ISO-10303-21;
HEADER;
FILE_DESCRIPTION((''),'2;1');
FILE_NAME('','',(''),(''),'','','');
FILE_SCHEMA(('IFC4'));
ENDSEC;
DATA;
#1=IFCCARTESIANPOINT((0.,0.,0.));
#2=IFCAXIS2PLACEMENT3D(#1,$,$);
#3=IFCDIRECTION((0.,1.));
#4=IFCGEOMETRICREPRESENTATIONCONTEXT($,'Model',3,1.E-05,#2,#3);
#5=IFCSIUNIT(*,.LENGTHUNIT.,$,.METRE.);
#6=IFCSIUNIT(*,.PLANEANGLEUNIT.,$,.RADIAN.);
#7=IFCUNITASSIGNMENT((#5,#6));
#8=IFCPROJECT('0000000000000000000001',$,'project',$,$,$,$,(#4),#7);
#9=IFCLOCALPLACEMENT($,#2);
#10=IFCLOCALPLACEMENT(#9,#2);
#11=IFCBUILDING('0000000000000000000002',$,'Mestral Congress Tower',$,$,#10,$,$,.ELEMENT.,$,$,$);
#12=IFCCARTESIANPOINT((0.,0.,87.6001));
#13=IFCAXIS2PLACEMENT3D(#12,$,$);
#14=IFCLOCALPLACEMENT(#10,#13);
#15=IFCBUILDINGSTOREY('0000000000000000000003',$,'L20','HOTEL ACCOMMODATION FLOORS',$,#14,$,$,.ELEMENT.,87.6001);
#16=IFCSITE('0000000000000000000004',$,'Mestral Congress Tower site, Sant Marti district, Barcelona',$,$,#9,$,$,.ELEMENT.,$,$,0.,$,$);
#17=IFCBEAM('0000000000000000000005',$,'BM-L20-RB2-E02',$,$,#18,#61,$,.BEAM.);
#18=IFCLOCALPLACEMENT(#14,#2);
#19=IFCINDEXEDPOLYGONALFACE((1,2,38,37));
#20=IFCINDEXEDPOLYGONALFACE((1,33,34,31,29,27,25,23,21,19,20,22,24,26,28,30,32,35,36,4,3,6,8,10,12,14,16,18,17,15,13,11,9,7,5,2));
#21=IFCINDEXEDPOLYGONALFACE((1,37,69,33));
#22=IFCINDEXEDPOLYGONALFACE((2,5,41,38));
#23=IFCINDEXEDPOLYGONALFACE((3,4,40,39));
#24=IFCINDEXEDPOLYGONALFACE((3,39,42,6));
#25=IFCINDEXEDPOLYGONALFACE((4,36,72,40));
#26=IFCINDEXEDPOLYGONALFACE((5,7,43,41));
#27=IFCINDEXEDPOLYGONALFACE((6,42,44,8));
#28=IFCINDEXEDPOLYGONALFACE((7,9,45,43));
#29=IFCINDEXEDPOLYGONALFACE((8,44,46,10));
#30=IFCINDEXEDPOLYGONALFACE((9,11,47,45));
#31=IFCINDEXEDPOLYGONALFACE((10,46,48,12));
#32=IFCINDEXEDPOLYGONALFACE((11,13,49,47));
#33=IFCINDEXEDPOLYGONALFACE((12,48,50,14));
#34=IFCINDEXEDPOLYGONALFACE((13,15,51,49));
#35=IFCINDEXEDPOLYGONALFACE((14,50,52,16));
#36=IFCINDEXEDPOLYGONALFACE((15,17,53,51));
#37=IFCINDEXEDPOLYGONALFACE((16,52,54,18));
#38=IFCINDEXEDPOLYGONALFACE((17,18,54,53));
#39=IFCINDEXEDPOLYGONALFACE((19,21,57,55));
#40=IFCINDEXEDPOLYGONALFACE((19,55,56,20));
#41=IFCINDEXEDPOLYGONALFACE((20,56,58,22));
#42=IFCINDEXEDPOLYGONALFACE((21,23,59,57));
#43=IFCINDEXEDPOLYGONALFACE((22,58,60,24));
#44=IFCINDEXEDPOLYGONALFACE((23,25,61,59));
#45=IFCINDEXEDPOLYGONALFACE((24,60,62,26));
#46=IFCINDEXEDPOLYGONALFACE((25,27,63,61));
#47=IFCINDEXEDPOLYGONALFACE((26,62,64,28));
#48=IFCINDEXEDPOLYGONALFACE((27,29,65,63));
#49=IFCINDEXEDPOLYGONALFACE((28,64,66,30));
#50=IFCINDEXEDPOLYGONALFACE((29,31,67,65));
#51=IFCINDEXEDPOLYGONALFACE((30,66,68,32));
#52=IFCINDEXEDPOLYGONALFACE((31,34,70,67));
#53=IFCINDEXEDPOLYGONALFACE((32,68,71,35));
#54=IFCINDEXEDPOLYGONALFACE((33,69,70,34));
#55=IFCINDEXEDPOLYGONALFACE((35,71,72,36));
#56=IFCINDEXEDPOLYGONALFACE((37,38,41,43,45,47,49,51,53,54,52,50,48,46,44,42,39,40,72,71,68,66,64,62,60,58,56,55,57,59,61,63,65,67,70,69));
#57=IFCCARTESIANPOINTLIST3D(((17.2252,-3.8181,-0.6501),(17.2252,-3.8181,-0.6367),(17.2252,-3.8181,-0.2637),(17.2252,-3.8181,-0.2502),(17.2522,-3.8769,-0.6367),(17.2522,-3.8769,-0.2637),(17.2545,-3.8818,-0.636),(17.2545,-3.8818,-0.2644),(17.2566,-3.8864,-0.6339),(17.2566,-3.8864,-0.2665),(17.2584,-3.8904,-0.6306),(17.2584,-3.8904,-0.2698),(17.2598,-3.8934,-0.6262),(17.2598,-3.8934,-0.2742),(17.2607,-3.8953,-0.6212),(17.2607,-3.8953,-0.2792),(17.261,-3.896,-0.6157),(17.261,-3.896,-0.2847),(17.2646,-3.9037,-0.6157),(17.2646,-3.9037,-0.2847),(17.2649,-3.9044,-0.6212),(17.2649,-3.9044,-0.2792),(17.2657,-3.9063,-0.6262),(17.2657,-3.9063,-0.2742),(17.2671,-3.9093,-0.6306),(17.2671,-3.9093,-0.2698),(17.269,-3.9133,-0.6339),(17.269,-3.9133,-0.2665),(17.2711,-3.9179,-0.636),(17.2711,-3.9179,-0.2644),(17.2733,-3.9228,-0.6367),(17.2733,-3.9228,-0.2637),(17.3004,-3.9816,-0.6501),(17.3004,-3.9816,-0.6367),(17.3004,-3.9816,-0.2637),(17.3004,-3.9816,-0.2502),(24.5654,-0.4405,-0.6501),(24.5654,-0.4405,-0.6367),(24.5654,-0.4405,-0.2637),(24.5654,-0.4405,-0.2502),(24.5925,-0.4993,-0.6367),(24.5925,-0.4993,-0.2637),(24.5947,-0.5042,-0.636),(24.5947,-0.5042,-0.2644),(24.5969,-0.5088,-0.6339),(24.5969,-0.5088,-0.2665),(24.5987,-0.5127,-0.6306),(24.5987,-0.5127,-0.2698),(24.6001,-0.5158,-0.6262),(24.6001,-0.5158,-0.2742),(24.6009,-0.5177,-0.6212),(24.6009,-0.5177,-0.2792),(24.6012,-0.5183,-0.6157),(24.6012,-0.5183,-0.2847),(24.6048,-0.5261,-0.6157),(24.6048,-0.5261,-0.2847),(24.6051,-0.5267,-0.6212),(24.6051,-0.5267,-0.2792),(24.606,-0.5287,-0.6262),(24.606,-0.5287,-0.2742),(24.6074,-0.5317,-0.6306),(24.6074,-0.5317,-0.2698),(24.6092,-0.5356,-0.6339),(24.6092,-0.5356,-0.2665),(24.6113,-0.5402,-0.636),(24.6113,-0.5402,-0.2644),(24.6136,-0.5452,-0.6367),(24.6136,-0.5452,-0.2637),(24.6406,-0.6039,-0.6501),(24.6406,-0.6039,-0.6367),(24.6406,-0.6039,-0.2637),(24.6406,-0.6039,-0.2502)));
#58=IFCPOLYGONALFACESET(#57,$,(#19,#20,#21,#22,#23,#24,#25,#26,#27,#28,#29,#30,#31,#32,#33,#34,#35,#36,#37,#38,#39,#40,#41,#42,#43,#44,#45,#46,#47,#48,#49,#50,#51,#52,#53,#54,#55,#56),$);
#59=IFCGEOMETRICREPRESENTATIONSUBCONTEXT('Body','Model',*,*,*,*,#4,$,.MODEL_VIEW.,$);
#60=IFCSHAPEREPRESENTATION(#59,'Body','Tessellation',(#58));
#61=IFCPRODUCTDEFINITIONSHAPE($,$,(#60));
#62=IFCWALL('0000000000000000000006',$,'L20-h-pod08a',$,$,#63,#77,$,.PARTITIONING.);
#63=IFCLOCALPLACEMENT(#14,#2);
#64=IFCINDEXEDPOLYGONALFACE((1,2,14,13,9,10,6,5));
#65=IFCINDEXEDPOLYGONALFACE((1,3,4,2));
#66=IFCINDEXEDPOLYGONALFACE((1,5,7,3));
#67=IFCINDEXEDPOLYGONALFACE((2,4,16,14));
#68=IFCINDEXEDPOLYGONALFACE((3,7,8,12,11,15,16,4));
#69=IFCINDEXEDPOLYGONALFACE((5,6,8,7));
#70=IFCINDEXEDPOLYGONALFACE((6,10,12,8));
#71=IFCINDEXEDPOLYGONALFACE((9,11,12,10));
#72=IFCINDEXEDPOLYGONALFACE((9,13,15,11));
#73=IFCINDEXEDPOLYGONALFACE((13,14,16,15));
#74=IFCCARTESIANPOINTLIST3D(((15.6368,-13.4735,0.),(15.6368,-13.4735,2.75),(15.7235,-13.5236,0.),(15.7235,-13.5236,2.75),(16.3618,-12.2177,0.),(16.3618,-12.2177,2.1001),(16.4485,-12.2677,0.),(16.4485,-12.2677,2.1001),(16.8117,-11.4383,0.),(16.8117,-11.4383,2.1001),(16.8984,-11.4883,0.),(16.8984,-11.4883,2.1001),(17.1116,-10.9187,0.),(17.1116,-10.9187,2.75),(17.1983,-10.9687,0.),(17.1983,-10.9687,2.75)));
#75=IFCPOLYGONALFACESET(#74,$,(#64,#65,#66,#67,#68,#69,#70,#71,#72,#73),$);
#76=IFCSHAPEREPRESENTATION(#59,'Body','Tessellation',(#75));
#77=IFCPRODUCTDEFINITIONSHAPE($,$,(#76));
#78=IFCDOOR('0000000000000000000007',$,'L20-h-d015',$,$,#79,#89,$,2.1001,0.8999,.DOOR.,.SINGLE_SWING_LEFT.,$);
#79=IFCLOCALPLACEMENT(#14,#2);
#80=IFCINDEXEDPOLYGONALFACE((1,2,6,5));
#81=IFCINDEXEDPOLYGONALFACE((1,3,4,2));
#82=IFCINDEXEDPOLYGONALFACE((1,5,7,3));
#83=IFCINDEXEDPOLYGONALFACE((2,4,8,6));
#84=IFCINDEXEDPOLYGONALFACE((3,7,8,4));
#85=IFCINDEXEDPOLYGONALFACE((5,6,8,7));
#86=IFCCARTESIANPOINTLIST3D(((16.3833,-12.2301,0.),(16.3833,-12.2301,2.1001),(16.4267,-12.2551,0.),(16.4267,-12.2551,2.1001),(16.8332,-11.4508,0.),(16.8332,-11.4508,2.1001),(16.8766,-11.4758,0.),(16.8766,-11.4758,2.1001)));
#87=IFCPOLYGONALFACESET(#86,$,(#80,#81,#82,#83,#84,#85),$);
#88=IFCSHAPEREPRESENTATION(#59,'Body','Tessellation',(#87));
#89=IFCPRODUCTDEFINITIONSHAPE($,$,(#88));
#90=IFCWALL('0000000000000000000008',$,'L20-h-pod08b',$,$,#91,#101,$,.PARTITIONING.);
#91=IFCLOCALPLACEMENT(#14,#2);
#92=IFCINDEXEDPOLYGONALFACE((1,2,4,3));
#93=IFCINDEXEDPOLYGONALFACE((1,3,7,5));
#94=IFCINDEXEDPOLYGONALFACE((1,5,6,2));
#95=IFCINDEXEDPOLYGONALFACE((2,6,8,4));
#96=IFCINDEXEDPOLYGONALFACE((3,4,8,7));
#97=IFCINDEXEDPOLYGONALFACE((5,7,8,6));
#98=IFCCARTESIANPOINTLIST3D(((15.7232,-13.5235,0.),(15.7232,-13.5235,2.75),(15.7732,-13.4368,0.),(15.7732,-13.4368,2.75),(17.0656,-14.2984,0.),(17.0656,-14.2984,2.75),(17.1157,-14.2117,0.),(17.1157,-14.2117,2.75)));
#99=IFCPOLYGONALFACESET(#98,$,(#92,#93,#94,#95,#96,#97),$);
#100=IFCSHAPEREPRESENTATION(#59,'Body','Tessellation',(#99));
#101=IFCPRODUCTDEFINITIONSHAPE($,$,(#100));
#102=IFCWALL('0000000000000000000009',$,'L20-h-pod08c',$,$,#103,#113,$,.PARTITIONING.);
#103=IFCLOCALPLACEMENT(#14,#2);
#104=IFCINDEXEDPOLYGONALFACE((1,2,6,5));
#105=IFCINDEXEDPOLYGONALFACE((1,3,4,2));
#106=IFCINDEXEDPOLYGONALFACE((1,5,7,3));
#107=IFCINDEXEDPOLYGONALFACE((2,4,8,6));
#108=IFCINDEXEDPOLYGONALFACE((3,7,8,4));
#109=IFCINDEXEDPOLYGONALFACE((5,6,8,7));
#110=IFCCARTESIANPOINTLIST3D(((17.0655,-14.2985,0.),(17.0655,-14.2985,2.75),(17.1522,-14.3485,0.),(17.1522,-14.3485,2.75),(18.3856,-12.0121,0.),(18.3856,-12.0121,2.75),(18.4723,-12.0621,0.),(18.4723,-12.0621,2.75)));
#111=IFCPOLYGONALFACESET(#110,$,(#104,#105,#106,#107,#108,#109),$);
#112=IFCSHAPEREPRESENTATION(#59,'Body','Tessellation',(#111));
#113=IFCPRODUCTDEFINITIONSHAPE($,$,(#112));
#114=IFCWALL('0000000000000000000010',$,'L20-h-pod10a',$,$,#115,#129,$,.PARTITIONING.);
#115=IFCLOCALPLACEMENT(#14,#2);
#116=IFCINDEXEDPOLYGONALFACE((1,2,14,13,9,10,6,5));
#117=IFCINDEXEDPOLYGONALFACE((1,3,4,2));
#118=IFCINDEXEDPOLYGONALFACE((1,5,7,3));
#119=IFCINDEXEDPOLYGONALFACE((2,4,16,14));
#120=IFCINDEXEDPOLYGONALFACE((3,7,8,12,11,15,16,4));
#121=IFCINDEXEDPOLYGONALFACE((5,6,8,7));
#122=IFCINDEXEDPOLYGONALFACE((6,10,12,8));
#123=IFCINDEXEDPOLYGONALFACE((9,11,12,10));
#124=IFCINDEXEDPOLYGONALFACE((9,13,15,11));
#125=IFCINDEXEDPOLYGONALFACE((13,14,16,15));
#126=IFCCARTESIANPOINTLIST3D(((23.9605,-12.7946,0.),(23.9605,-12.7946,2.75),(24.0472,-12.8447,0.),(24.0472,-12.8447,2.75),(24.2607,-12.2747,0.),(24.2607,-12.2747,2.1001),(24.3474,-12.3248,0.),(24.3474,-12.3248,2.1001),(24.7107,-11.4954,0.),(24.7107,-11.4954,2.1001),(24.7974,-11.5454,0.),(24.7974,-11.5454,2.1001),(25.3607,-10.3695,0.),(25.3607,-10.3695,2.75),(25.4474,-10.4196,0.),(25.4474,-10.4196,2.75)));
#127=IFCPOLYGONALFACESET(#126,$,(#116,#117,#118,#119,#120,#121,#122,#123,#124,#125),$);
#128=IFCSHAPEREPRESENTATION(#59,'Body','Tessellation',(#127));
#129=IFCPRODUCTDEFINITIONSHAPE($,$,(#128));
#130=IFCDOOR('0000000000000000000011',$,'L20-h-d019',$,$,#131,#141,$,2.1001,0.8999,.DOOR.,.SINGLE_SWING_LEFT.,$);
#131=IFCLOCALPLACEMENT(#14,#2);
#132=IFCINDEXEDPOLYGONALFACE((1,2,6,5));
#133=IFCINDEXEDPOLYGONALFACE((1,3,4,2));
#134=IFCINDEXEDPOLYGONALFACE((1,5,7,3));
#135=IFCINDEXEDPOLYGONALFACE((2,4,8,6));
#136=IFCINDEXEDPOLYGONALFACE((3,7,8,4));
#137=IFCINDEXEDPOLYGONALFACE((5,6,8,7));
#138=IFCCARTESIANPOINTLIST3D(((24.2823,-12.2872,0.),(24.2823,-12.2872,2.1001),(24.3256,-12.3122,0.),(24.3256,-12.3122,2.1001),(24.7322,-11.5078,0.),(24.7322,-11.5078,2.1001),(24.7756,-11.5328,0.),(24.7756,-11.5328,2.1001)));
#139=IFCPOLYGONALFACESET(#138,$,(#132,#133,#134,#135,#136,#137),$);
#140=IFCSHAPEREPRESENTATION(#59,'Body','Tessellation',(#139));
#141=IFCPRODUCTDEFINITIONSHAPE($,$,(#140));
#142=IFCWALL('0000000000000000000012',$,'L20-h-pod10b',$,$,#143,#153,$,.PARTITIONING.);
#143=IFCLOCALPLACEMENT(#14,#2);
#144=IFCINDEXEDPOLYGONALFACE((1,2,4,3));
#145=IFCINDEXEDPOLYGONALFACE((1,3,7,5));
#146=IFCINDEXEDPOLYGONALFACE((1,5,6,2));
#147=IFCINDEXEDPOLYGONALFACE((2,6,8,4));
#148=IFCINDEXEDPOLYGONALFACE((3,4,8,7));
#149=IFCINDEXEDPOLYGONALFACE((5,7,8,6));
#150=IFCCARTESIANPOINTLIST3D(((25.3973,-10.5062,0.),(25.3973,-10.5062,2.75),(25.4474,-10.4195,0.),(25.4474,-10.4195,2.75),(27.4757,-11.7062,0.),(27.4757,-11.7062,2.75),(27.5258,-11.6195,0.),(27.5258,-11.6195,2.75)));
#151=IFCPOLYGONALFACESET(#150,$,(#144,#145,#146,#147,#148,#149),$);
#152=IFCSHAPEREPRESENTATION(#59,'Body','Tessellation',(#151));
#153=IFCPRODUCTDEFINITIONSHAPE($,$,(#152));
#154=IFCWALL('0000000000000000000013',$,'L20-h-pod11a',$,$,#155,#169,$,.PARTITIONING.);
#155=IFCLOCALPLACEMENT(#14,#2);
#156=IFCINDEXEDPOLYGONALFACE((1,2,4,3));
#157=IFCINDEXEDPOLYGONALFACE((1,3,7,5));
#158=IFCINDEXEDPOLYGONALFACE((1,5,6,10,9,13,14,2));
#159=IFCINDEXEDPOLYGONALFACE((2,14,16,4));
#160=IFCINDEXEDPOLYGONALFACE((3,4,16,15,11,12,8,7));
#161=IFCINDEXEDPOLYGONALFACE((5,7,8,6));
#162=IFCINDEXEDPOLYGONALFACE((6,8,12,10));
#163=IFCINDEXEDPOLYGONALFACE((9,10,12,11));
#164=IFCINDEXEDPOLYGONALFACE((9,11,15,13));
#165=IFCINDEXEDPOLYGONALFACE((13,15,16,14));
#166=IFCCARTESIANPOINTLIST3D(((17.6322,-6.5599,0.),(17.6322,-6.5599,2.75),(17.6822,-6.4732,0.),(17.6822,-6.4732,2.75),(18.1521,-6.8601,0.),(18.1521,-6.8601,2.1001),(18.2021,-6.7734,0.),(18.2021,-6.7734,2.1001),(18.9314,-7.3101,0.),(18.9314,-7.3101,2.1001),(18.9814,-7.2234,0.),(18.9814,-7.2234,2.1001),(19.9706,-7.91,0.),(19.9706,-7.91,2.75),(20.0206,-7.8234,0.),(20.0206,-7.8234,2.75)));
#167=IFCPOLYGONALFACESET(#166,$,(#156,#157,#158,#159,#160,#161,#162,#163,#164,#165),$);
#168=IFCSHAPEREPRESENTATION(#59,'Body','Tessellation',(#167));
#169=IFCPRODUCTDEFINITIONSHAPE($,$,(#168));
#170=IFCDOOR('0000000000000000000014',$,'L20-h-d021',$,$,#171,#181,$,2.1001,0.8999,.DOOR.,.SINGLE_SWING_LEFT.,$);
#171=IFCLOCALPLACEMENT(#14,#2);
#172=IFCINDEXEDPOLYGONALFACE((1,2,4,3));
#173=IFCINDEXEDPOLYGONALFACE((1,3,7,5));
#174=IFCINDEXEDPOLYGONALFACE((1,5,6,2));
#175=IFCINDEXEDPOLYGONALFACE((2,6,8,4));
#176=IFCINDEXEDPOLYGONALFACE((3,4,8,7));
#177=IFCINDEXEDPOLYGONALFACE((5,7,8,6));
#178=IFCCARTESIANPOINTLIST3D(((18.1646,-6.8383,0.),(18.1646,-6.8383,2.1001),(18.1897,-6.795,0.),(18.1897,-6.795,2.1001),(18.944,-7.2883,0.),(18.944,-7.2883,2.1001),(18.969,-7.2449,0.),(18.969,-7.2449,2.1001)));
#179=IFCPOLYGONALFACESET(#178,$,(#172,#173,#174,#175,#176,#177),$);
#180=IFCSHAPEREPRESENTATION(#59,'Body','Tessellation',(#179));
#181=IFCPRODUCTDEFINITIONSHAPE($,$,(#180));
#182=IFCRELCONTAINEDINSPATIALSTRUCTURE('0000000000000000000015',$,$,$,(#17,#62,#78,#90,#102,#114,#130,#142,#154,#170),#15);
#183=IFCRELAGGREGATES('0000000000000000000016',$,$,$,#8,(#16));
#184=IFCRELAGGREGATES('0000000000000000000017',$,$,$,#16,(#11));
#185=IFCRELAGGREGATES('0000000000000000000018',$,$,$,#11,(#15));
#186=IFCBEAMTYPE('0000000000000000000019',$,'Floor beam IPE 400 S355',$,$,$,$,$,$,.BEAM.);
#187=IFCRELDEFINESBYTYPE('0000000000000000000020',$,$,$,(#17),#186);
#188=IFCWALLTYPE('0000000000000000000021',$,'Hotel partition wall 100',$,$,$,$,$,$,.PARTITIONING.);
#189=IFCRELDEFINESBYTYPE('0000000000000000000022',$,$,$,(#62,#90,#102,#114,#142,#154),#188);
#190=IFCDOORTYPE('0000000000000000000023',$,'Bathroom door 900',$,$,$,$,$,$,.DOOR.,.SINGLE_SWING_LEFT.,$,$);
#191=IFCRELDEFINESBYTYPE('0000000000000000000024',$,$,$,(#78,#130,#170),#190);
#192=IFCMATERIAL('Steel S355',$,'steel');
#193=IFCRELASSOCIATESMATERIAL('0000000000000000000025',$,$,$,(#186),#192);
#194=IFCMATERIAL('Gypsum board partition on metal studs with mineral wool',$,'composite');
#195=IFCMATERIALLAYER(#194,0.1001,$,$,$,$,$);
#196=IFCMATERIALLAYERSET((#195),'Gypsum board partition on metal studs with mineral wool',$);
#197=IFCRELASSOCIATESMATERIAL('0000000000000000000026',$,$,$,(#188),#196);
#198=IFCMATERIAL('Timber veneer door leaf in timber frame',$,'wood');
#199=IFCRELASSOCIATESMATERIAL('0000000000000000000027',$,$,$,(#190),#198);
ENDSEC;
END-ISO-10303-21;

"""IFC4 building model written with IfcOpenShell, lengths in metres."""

from ifc_helpers import new_model, si_unit, direction, frame, frame_2d, origin, origin_2d, place, context, subcontext, project, spatial, rectangle, i_section, extrude, material, layer, layer_set, material_profile, profile_set, type_object, element, fill, save


model = new_model("IFC4")

# Units and contexts
model_context = context("Model", 3, precision=1e-05, world=origin(), true_north=direction((0.0, 1.0)))
body_context = subcontext(model_context, "Body", "Model", "MODEL_VIEW")
ifc_project = project(units=[si_unit("LENGTHUNIT", "METRE"), si_unit("PLANEANGLEUNIT", "RADIAN")], contexts=[model_context])

# Site, building, storey
site_placement = place(None, origin())
site = spatial("IfcSite", under=ifc_project, at=site_placement, Name="Mestral Congress Tower site, Sant Marti district, Barcelona", CompositionType="ELEMENT", RefElevation=0.0)
building_placement = place(site_placement, origin())
building = spatial("IfcBuilding", under=site, at=building_placement, Name="Mestral Congress Tower", CompositionType="ELEMENT")
storey_placement = place(building_placement, frame((0.0, 0.0, 87.6001)))
storey = spatial("IfcBuildingStorey", under=building, at=storey_placement, Name="L20", Description="HOTEL ACCOMMODATION FLOORS", CompositionType="ELEMENT", Elevation=87.6001)

# Beam
ifc_material_1 = material(Name="Steel S355", Category="steel")
ifc_material_profile = material_profile(ifc_material_1, i_section(OverallWidth=0.1799, OverallDepth=0.3999, WebThickness=0.0085, FlangeThickness=0.0134, FilletRadius=0.021, at=origin_2d()), Name="IPE 400")
ifc_profile_set = profile_set([ifc_material_profile], Name="Steel S355")
beam_type = type_object("IfcBeamType", Name="Floor beam IPE 400 S355", PredefinedType="BEAM", material=ifc_profile_set)
beam_placement = place(storey_placement, frame((24.603, -0.5222, -0.4502), z_axis=(-0.908437, -0.418021, 0.0), x_axis=(0.418021, -0.908437, 0.0)))
element("IfcBeam", 1, at=beam_placement, inside=storey, type_object=beam_type, Name="BM-L20-RB2-E02", PredefinedType="BEAM", context=body_context, shape_type="SweptSolid", body=[
    extrude(i_section(OverallWidth=0.1799, OverallDepth=0.3999, WebThickness=0.0085, FlangeThickness=0.0134, FilletRadius=0.021, at=origin_2d()), origin(), (0.0, 0.0, 1.0), 8.0801),
])

# Wall, opening, door
ifc_material_2 = material(Name="Gypsum board partition on metal studs with mineral wool", Category="composite")
ifc_layer_1 = layer(ifc_material_2, 0.1001)
ifc_layer_set_1 = layer_set([ifc_layer_1], Name="Gypsum board partition on metal studs with mineral wool")
wall_type_1 = type_object("IfcWallType", Name="Hotel partition wall 100", PredefinedType="PARTITIONING", material=ifc_layer_set_1)
wall_1_placement = place(storey_placement, frame((17.155, -10.9436, 0.0), z_axis=(0.0, 0.0, 1.0), x_axis=(-0.49994, -0.86606, 0.0)))
wall_1 = element("IfcWall", 2, at=wall_1_placement, inside=storey, type_object=wall_type_1, Name="L20-h-pod08a", PredefinedType="PARTITIONING", context=body_context, shape_type="SweptSolid", body=[
    extrude(rectangle(XDim=2.95, YDim=0.1001, at=frame_2d((1.4751, 0.0))), origin(), (0.0, 0.0, 1.0), 2.75),
])
opening_1_placement = place(wall_1_placement, frame((0.6001, 0.0, 0.0)))
opening_1 = element("IfcOpeningElement", 3, at=opening_1_placement, cuts=wall_1, PredefinedType="OPENING", context=body_context, shape_type="SweptSolid", body=[
    extrude(rectangle(XDim=0.8999, YDim=2.1001, at=frame_2d((0.45, 1.05))), frame((0.0, 0.0601, 0.0), z_axis=(0.0, -1.0, 0.0), x_axis=(1.0, 0.0, 0.0)), (0.0, 0.0, 1.0), 0.1201),
])
ifc_material_3 = material(Name="Timber veneer door leaf in timber frame", Category="wood")
door_type_1 = type_object("IfcDoorType", Name="Bathroom door 900", OperationType="SINGLE_SWING_LEFT", PredefinedType="DOOR", material=ifc_material_3)
door_1_placement = place(opening_1_placement, origin())
door_1 = element("IfcDoor", 4, at=door_1_placement, inside=storey, type_object=door_type_1, Name="L20-h-d015", OperationType="SINGLE_SWING_LEFT", OverallHeight=2.1001, OverallWidth=0.8999, PredefinedType="DOOR", context=body_context, shape_type="SweptSolid", body=[
    extrude(rectangle(XDim=0.8999, YDim=2.1001, at=frame_2d((0.45, 1.05))), frame((0.0, 0.0249, 0.0), z_axis=(0.0, -1.0, 0.0), x_axis=(1.0, 0.0, 0.0)), (0.0, 0.0, 1.0), 0.05),
])
fill(opening_1, door_1)

# Walls
wall_2_placement = place(storey_placement, frame((15.7483, -13.4802, 0.0), z_axis=(0.0, 0.0, 1.0), x_axis=(0.866083, -0.4999, 0.0)))
element("IfcWall", 5, at=wall_2_placement, inside=storey, type_object=wall_type_1, Name="L20-h-pod08b", PredefinedType="PARTITIONING", context=body_context, shape_type="SweptSolid", body=[
    extrude(rectangle(XDim=1.55, YDim=0.1001, at=frame_2d((0.7749, 0.0))), origin(), (0.0, 0.0, 1.0), 2.75),
])
wall_3_placement = place(storey_placement, frame((18.429, -12.0371, 0.0), z_axis=(0.0, 0.0, 1.0), x_axis=(-0.500008, -0.866021, 0.0)))
element("IfcWall", 6, at=wall_3_placement, inside=storey, type_object=wall_type_1, Name="L20-h-pod08c", PredefinedType="PARTITIONING", context=body_context, shape_type="SweptSolid", body=[
    extrude(rectangle(XDim=2.6401, YDim=0.1001, at=frame_2d((1.3201, 0.0))), origin(), (0.0, 0.0, 1.0), 2.75),
])

# Wall, opening, door
wall_4_placement = place(storey_placement, frame((25.4041, -10.3945, 0.0), z_axis=(0.0, 0.0, 1.0), x_axis=(-0.500012, -0.866019, 0.0)))
wall_4 = element("IfcWall", 7, at=wall_4_placement, inside=storey, type_object=wall_type_1, Name="L20-h-pod10a", PredefinedType="PARTITIONING", context=body_context, shape_type="SweptSolid", body=[
    extrude(rectangle(XDim=2.8003, YDim=0.1001, at=frame_2d((1.4001, 0.0))), origin(), (0.0, 0.0, 1.0), 2.75),
])
opening_2_placement = place(wall_4_placement, frame((1.3, 0.0, 0.0)))
opening_2 = element("IfcOpeningElement", 8, at=opening_2_placement, cuts=wall_4, PredefinedType="OPENING", context=body_context, shape_type="SweptSolid", body=[
    extrude(rectangle(XDim=0.8999, YDim=2.1001, at=frame_2d((0.45, 1.05))), frame((0.0, 0.0601, 0.0), z_axis=(0.0, -1.0, 0.0), x_axis=(1.0, 0.0, 0.0)), (0.0, 0.0, 1.0), 0.1201),
])
door_2_placement = place(opening_2_placement, origin())
door_2 = element("IfcDoor", 9, at=door_2_placement, inside=storey, type_object=door_type_1, Name="L20-h-d019", OperationType="SINGLE_SWING_LEFT", OverallHeight=2.1001, OverallWidth=0.8999, PredefinedType="DOOR", context=body_context, shape_type="SweptSolid", body=[
    extrude(rectangle(XDim=0.8999, YDim=2.1001, at=frame_2d((0.45, 1.05))), frame((0.0, 0.0249, 0.0), z_axis=(0.0, -1.0, 0.0), x_axis=(1.0, 0.0, 0.0)), (0.0, 0.0, 1.0), 0.05),
])
fill(opening_2, door_2)

# Wall
wall_5_placement = place(storey_placement, frame((25.4224, -10.4629, 0.0), z_axis=(0.0, 0.0, 1.0), x_axis=(0.866025, -0.500001, 0.0)))
element("IfcWall", 10, at=wall_5_placement, inside=storey, type_object=wall_type_1, Name="L20-h-pod10b", PredefinedType="PARTITIONING", context=body_context, shape_type="SweptSolid", body=[
    extrude(rectangle(XDim=2.3999, YDim=0.1001, at=frame_2d((1.2, 0.0))), origin(), (0.0, 0.0, 1.0), 2.75),
])

# Wall, opening, door
wall_6_placement = place(storey_placement, frame((19.9956, -7.8667, 0.0), z_axis=(0.0, 0.0, 1.0), x_axis=(-0.86602, 0.500009, 0.0)))
wall_6 = element("IfcWall", 11, at=wall_6_placement, inside=storey, type_object=wall_type_1, Name="L20-h-pod11a", PredefinedType="PARTITIONING", context=body_context, shape_type="SweptSolid", body=[
    extrude(rectangle(XDim=2.7002, YDim=0.1001, at=frame_2d((1.3501, 0.0))), origin(), (0.0, 0.0, 1.0), 2.75),
])
opening_3_placement = place(wall_6_placement, frame((1.2, 0.0, 0.0)))
opening_3 = element("IfcOpeningElement", 12, at=opening_3_placement, cuts=wall_6, PredefinedType="OPENING", context=body_context, shape_type="SweptSolid", body=[
    extrude(rectangle(XDim=0.8999, YDim=2.1001, at=frame_2d((0.45, 1.05))), frame((0.0, 0.0601, 0.0), z_axis=(0.0, -1.0, 0.0), x_axis=(1.0, 0.0, 0.0)), (0.0, 0.0, 1.0), 0.1201),
])
door_3_placement = place(opening_3_placement, origin())
door_3 = element("IfcDoor", 13, at=door_3_placement, inside=storey, type_object=door_type_1, Name="L20-h-d021", OperationType="SINGLE_SWING_LEFT", OverallHeight=2.1001, OverallWidth=0.8999, PredefinedType="DOOR", context=body_context, shape_type="SweptSolid", body=[
    extrude(rectangle(XDim=0.8999, YDim=2.1001, at=frame_2d((0.45, 1.05))), frame((0.0, 0.0249, 0.0), z_axis=(0.0, -1.0, 0.0), x_axis=(1.0, 0.0, 0.0)), (0.0, 0.0, 1.0), 0.05),
])
fill(opening_3, door_3)

save(model, "model.ifc")
